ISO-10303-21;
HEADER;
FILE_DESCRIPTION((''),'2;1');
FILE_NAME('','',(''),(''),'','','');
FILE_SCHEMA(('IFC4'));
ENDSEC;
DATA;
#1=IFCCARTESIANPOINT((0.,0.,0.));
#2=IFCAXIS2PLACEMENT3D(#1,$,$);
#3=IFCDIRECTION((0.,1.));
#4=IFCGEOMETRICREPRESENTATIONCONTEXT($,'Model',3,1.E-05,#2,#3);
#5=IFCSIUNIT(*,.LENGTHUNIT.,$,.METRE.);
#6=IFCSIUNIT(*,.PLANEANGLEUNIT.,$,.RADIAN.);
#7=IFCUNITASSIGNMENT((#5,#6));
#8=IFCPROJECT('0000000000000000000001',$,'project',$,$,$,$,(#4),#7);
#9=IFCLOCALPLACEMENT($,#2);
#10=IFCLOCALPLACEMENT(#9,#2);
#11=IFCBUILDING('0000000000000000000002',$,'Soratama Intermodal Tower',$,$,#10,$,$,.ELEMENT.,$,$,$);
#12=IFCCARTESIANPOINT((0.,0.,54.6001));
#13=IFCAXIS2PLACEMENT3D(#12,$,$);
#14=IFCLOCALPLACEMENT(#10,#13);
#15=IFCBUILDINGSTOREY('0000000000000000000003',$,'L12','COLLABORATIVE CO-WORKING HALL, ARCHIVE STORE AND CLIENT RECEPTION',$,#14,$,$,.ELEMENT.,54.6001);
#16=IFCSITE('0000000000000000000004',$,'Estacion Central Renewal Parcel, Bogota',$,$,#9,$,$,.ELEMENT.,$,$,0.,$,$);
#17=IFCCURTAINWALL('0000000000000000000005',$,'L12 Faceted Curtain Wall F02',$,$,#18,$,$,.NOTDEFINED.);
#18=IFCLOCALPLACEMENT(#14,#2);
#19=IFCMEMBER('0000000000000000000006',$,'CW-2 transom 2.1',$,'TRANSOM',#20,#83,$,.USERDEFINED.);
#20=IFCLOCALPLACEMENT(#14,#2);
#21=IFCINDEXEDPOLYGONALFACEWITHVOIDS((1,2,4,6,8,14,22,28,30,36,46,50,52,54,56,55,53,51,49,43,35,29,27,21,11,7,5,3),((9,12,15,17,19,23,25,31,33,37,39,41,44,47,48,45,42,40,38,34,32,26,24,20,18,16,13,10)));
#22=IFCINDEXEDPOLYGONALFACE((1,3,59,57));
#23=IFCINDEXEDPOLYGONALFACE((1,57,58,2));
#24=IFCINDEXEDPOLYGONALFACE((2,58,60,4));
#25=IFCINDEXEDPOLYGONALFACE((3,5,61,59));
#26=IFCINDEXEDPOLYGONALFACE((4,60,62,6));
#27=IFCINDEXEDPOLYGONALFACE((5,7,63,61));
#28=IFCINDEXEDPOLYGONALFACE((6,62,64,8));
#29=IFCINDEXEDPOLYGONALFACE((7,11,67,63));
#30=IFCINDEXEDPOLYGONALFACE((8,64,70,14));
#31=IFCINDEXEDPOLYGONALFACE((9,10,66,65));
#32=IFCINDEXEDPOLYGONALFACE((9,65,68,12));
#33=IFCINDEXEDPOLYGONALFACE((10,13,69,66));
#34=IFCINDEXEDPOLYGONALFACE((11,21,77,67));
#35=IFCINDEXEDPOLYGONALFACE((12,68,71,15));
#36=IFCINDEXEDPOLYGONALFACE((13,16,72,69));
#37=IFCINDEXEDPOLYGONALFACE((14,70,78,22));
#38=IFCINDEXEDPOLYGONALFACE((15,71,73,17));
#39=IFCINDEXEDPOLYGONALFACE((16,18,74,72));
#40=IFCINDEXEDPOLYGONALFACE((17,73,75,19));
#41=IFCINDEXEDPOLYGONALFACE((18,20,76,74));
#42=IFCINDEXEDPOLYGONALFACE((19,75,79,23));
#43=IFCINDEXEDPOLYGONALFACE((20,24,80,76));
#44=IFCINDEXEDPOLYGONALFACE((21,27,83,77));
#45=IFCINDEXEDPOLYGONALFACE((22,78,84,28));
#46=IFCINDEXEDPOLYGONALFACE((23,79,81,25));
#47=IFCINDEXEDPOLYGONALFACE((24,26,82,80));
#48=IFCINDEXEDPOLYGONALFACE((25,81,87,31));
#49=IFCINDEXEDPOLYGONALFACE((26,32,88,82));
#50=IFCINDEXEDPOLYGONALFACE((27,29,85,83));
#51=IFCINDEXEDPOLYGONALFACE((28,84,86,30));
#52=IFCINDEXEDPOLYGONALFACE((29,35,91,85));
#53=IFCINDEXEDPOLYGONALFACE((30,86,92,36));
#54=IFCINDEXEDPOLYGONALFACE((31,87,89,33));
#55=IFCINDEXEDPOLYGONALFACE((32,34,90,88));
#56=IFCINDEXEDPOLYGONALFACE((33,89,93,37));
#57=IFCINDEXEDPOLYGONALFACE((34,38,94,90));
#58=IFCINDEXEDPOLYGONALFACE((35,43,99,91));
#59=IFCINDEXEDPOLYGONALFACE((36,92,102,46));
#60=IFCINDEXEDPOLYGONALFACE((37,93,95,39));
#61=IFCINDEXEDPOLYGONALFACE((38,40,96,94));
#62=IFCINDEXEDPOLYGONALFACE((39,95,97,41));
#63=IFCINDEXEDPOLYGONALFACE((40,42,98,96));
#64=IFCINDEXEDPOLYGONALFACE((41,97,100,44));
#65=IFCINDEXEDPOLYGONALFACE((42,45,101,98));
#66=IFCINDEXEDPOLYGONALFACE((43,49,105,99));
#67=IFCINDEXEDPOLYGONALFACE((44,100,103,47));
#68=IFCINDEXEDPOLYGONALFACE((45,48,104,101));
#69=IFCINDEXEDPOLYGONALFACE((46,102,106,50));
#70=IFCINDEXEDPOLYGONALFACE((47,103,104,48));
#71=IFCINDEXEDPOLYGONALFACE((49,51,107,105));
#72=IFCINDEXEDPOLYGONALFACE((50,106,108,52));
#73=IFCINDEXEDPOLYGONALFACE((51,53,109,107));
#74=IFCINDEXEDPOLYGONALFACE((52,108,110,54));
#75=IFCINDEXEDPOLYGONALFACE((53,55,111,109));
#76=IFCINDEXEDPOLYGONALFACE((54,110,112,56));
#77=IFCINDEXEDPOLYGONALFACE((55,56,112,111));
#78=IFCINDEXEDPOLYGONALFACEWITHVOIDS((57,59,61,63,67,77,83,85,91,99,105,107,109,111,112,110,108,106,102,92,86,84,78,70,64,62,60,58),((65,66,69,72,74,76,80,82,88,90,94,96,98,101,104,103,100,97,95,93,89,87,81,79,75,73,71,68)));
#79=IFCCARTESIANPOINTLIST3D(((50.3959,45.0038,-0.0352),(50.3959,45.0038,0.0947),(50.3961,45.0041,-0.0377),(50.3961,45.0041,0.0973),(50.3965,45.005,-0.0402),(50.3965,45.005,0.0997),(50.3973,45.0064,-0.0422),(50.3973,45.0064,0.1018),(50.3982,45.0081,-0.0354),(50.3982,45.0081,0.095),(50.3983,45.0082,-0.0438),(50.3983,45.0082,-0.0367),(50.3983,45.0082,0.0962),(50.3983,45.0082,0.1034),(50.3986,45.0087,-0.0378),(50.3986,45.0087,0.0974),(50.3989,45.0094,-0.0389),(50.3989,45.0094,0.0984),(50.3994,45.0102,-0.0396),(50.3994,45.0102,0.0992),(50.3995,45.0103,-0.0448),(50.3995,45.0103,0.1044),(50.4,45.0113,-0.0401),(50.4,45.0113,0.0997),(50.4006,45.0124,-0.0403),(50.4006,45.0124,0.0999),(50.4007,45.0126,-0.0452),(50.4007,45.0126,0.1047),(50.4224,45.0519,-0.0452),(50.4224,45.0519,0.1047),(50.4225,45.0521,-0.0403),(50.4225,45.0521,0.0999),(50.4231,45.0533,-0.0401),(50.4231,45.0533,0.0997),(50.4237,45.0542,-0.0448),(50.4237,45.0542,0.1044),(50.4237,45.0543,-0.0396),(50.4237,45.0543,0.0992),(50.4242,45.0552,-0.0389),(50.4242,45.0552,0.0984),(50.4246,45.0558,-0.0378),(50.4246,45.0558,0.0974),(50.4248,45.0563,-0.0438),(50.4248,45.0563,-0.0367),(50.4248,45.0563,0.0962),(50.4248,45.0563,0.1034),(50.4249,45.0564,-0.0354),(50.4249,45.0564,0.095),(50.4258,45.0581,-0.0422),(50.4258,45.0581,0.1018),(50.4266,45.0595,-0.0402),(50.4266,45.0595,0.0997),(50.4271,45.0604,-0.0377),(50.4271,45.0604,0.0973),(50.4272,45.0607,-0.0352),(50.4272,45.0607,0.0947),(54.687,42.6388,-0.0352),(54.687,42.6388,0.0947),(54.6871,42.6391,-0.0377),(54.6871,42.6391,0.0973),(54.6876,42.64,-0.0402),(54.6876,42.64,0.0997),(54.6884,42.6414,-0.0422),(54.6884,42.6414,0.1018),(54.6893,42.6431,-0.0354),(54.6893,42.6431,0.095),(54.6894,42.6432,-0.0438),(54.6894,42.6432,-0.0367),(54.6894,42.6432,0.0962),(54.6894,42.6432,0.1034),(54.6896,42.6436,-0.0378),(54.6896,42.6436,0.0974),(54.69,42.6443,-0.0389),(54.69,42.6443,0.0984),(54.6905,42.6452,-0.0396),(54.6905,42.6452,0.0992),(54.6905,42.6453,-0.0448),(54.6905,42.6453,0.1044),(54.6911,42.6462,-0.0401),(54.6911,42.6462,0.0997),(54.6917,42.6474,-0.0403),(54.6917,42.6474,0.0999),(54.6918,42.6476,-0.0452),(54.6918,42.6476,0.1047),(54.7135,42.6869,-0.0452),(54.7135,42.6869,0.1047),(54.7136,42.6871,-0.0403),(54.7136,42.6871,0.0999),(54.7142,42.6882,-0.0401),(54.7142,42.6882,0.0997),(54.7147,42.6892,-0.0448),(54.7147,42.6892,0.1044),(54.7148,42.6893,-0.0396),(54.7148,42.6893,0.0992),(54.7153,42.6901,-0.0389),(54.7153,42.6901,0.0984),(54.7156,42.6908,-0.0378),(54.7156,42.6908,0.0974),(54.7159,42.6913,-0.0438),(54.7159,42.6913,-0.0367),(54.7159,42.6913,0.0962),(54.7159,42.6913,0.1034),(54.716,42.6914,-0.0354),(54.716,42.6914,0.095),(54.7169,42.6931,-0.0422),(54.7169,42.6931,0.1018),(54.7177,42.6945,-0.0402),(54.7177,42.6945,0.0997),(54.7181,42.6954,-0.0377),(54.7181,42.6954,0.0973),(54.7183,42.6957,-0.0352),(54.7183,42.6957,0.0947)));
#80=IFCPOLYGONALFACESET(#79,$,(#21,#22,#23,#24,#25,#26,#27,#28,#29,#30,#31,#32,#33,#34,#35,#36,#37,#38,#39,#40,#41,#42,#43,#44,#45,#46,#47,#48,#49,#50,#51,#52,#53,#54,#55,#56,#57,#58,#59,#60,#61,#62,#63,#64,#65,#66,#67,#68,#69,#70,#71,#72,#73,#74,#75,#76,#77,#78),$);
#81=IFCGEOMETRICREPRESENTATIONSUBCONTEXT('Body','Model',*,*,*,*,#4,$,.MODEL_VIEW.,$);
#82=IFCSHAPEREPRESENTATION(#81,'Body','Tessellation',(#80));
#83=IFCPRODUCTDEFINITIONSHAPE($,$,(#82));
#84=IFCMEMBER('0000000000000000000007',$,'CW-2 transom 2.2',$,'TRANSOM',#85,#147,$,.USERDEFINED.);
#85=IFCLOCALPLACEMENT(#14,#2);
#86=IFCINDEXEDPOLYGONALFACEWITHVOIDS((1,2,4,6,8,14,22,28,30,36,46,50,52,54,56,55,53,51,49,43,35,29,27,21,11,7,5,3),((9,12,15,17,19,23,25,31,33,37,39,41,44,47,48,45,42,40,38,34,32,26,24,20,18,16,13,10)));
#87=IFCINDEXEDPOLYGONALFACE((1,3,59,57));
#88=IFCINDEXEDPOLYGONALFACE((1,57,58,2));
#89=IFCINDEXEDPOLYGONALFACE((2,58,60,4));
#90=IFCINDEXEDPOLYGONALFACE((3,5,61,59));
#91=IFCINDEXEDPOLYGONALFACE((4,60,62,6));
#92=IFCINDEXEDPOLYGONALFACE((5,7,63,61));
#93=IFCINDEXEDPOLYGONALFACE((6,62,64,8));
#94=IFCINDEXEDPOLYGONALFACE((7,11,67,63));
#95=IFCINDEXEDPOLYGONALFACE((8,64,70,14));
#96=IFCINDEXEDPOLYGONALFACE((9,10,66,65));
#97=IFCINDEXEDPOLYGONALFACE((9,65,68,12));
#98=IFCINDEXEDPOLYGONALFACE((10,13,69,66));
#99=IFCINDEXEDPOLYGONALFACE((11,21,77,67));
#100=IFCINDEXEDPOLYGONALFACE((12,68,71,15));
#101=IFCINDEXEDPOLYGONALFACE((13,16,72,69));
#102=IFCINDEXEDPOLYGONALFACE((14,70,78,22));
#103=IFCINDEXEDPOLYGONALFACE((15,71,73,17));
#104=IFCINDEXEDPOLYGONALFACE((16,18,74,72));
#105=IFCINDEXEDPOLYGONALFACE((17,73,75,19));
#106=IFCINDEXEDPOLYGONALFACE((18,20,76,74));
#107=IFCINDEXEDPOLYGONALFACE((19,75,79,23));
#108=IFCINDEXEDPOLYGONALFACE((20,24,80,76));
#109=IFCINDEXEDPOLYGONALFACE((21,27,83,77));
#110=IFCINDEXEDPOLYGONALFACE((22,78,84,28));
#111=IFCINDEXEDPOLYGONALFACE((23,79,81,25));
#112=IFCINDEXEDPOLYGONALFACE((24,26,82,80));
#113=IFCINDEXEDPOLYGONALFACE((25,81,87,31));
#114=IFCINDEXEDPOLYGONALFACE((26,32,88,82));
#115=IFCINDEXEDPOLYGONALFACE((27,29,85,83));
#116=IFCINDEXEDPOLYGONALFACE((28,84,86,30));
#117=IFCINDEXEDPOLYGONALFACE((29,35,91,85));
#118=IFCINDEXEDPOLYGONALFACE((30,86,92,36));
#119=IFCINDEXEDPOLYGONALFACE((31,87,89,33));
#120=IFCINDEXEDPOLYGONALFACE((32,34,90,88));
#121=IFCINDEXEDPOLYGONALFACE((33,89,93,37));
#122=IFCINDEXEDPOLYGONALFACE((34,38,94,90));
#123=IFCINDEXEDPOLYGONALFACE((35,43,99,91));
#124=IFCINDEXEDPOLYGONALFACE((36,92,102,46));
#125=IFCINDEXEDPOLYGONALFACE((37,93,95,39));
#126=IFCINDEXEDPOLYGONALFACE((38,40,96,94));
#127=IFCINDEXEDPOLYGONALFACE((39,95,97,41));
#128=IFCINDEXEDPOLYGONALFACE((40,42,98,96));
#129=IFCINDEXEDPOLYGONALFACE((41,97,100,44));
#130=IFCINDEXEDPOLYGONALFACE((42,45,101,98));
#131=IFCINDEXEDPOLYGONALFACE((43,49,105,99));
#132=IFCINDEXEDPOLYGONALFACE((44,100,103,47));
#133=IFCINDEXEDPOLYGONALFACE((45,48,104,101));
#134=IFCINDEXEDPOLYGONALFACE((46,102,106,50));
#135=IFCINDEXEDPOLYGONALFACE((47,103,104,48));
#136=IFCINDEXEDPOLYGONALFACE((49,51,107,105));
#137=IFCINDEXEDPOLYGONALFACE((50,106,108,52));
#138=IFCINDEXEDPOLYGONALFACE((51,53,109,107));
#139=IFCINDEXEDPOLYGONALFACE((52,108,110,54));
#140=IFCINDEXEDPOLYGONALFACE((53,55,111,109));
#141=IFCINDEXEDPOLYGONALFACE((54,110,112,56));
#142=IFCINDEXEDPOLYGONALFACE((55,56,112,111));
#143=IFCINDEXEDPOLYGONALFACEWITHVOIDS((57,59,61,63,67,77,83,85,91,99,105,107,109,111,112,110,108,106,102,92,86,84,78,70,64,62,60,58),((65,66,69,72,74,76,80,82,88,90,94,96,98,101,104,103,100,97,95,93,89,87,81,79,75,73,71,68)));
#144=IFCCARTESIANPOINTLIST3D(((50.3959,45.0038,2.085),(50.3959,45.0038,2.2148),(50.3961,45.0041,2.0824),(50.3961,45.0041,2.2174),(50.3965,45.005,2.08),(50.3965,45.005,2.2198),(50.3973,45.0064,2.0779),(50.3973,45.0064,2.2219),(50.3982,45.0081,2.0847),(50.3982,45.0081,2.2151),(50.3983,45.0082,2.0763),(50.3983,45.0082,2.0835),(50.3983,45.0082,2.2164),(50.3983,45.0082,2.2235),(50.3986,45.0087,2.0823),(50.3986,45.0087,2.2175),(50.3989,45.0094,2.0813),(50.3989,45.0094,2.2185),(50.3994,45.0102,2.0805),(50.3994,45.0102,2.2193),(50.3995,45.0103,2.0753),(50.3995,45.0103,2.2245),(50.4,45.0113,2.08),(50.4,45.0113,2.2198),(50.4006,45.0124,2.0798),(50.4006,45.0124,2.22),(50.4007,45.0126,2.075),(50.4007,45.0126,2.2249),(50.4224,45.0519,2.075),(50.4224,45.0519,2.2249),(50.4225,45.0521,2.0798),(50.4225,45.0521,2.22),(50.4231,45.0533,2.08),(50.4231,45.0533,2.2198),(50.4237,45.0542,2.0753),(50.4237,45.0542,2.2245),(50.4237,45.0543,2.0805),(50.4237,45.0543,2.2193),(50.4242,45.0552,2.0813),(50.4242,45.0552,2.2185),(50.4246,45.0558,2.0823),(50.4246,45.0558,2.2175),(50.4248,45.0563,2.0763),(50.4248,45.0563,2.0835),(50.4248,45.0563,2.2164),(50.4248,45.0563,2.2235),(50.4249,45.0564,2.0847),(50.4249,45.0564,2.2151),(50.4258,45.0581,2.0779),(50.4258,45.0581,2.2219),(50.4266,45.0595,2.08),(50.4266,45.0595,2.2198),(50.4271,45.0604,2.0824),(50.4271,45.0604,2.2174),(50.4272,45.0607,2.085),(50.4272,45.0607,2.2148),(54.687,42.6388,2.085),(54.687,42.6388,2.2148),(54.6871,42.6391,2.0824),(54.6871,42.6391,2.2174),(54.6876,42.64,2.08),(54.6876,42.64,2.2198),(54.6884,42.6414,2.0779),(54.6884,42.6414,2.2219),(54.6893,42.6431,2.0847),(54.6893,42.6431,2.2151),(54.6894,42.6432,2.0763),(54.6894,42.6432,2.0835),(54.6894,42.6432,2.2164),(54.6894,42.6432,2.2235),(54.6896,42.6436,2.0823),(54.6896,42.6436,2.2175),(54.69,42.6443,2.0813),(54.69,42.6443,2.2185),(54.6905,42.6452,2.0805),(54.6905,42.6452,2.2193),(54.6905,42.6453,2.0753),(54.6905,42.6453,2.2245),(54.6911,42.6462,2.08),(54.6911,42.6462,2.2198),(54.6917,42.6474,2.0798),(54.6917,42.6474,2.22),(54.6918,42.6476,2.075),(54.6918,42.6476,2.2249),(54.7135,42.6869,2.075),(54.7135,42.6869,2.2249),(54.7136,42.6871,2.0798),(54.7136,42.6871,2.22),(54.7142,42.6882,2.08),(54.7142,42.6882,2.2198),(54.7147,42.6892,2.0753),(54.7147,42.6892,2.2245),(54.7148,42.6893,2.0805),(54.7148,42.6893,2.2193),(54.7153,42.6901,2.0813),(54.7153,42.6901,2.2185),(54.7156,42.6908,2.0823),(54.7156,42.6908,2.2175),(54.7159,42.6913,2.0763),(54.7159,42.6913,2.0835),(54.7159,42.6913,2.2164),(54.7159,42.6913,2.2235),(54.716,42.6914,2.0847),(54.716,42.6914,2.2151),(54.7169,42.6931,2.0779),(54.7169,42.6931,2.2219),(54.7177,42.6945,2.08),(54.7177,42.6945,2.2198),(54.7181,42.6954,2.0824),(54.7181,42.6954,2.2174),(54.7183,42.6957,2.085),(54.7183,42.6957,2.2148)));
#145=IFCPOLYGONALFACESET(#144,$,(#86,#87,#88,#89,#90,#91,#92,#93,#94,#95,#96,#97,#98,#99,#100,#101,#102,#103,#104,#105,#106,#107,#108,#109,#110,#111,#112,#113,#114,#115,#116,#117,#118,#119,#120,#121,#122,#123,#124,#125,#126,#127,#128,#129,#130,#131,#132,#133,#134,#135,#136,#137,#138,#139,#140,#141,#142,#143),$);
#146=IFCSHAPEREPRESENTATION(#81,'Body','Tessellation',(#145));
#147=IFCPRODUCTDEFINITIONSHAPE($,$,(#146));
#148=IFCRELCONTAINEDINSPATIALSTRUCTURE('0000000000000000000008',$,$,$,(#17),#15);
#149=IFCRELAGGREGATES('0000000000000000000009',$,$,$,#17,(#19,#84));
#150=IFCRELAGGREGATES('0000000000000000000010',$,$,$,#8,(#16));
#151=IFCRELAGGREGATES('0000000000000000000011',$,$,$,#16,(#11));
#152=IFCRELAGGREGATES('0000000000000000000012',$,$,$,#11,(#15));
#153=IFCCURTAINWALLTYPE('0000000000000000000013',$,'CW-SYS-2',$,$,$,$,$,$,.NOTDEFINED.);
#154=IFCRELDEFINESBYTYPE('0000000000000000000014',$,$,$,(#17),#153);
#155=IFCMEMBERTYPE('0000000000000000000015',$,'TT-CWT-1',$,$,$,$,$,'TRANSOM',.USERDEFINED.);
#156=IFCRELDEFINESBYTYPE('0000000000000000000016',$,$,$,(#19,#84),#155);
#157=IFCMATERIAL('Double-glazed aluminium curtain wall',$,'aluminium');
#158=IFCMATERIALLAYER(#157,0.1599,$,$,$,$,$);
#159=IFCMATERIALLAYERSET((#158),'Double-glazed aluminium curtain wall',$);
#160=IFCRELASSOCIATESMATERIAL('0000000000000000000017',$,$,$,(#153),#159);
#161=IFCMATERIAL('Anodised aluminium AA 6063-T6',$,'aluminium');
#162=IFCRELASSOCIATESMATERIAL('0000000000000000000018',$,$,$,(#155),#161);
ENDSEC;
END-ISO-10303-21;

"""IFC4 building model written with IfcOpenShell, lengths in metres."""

from ifc_helpers import new_model, si_unit, direction, frame, origin, origin_2d, place, context, subcontext, project, spatial, hollow_rectangle, extrude, material, layer, layer_set, material_profile, profile_set, type_object, element, aggregate, save


model = new_model("IFC4")

# Units and contexts
model_context = context("Model", 3, precision=1e-05, world=origin(), true_north=direction((0.0, 1.0)))
body_context = subcontext(model_context, "Body", "Model", "MODEL_VIEW")
ifc_project = project(units=[si_unit("LENGTHUNIT", "METRE"), si_unit("PLANEANGLEUNIT", "RADIAN")], contexts=[model_context])

# Site, building, storey
site_placement = place(None, origin())
site = spatial("IfcSite", under=ifc_project, at=site_placement, Name="Estacion Central Renewal Parcel, Bogota", CompositionType="ELEMENT", RefElevation=0.0)
building_placement = place(site_placement, origin())
building = spatial("IfcBuilding", under=site, at=building_placement, Name="Soratama Intermodal Tower", CompositionType="ELEMENT")
storey_placement = place(building_placement, frame((0.0, 0.0, 54.6001)))
storey = spatial("IfcBuildingStorey", under=building, at=storey_placement, Name="L12", Description="COLLABORATIVE CO-WORKING HALL, ARCHIVE STORE AND CLIENT RECEPTION", CompositionType="ELEMENT", Elevation=54.6001)

# Shared definitions
ifc_material_1 = material(Name="Double-glazed aluminium curtain wall", Category="aluminium")
ifc_layer_1 = layer(ifc_material_1, 0.1599)
ifc_layer_set_1 = layer_set([ifc_layer_1], Name="Double-glazed aluminium curtain wall")
curtain_wall_type = type_object("IfcCurtainWallType", Name="CW-SYS-2", PredefinedType="NOTDEFINED", material=ifc_layer_set_1)

# Curtain wall, members
curtain_wall_1_placement = place(storey_placement, origin())
curtain_wall_1 = element("IfcCurtainWall", 1, at=curtain_wall_1_placement, inside=storey, type_object=curtain_wall_type, Name="L12 Faceted Curtain Wall F02", PredefinedType="NOTDEFINED")
ifc_material_2 = material(Name="Anodised aluminium AA 6063-T6", Category="aluminium")
ifc_material_profile_1 = material_profile(ifc_material_2, hollow_rectangle(XDim=0.0649, YDim=0.1499, WallThickness=0.0049, InnerFilletRadius=0.0049, OuterFilletRadius=0.01, at=origin_2d()), Name="CWT150X65X5")
ifc_profile_set_1 = profile_set([ifc_material_profile_1], Name="Anodised aluminium AA 6063-T6")
member_type_1 = type_object("IfcMemberType", Name="TT-CWT-1", ElementType="TRANSOM", PredefinedType="USERDEFINED", material=ifc_profile_set_1)
member_1_placement = place(storey_placement, frame((54.7026, 42.6672, 0.0298), z_axis=(-0.875791, 0.482691, 0.0), x_axis=(-0.482691, -0.875791, 0.0)))
member_1 = element("IfcMember", 2, at=member_1_placement, type_object=member_type_1, Name="CW-2 transom 2.1", ObjectType="TRANSOM", PredefinedType="USERDEFINED", context=body_context, shape_type="SweptSolid", body=[
    extrude(hollow_rectangle(XDim=0.0649, YDim=0.1499, WallThickness=0.0049, InnerFilletRadius=0.0049, OuterFilletRadius=0.01, at=origin_2d()), origin(), (0.0, 0.0, 1.0), 4.8997),
])
member_2_placement = place(storey_placement, frame((54.7026, 42.6672, 2.1499), z_axis=(-0.875791, 0.482691, 0.0), x_axis=(-0.482691, -0.875791, 0.0)))
member_2 = element("IfcMember", 3, at=member_2_placement, type_object=member_type_1, Name="CW-2 transom 2.2", ObjectType="TRANSOM", PredefinedType="USERDEFINED", context=body_context, shape_type="SweptSolid", body=[
    extrude(hollow_rectangle(XDim=0.0649, YDim=0.1499, WallThickness=0.0049, InnerFilletRadius=0.0049, OuterFilletRadius=0.01, at=origin_2d()), origin(), (0.0, 0.0, 1.0), 4.8997),
])

aggregate(curtain_wall_1, [member_1, member_2])

save(model, "model.ifc")
